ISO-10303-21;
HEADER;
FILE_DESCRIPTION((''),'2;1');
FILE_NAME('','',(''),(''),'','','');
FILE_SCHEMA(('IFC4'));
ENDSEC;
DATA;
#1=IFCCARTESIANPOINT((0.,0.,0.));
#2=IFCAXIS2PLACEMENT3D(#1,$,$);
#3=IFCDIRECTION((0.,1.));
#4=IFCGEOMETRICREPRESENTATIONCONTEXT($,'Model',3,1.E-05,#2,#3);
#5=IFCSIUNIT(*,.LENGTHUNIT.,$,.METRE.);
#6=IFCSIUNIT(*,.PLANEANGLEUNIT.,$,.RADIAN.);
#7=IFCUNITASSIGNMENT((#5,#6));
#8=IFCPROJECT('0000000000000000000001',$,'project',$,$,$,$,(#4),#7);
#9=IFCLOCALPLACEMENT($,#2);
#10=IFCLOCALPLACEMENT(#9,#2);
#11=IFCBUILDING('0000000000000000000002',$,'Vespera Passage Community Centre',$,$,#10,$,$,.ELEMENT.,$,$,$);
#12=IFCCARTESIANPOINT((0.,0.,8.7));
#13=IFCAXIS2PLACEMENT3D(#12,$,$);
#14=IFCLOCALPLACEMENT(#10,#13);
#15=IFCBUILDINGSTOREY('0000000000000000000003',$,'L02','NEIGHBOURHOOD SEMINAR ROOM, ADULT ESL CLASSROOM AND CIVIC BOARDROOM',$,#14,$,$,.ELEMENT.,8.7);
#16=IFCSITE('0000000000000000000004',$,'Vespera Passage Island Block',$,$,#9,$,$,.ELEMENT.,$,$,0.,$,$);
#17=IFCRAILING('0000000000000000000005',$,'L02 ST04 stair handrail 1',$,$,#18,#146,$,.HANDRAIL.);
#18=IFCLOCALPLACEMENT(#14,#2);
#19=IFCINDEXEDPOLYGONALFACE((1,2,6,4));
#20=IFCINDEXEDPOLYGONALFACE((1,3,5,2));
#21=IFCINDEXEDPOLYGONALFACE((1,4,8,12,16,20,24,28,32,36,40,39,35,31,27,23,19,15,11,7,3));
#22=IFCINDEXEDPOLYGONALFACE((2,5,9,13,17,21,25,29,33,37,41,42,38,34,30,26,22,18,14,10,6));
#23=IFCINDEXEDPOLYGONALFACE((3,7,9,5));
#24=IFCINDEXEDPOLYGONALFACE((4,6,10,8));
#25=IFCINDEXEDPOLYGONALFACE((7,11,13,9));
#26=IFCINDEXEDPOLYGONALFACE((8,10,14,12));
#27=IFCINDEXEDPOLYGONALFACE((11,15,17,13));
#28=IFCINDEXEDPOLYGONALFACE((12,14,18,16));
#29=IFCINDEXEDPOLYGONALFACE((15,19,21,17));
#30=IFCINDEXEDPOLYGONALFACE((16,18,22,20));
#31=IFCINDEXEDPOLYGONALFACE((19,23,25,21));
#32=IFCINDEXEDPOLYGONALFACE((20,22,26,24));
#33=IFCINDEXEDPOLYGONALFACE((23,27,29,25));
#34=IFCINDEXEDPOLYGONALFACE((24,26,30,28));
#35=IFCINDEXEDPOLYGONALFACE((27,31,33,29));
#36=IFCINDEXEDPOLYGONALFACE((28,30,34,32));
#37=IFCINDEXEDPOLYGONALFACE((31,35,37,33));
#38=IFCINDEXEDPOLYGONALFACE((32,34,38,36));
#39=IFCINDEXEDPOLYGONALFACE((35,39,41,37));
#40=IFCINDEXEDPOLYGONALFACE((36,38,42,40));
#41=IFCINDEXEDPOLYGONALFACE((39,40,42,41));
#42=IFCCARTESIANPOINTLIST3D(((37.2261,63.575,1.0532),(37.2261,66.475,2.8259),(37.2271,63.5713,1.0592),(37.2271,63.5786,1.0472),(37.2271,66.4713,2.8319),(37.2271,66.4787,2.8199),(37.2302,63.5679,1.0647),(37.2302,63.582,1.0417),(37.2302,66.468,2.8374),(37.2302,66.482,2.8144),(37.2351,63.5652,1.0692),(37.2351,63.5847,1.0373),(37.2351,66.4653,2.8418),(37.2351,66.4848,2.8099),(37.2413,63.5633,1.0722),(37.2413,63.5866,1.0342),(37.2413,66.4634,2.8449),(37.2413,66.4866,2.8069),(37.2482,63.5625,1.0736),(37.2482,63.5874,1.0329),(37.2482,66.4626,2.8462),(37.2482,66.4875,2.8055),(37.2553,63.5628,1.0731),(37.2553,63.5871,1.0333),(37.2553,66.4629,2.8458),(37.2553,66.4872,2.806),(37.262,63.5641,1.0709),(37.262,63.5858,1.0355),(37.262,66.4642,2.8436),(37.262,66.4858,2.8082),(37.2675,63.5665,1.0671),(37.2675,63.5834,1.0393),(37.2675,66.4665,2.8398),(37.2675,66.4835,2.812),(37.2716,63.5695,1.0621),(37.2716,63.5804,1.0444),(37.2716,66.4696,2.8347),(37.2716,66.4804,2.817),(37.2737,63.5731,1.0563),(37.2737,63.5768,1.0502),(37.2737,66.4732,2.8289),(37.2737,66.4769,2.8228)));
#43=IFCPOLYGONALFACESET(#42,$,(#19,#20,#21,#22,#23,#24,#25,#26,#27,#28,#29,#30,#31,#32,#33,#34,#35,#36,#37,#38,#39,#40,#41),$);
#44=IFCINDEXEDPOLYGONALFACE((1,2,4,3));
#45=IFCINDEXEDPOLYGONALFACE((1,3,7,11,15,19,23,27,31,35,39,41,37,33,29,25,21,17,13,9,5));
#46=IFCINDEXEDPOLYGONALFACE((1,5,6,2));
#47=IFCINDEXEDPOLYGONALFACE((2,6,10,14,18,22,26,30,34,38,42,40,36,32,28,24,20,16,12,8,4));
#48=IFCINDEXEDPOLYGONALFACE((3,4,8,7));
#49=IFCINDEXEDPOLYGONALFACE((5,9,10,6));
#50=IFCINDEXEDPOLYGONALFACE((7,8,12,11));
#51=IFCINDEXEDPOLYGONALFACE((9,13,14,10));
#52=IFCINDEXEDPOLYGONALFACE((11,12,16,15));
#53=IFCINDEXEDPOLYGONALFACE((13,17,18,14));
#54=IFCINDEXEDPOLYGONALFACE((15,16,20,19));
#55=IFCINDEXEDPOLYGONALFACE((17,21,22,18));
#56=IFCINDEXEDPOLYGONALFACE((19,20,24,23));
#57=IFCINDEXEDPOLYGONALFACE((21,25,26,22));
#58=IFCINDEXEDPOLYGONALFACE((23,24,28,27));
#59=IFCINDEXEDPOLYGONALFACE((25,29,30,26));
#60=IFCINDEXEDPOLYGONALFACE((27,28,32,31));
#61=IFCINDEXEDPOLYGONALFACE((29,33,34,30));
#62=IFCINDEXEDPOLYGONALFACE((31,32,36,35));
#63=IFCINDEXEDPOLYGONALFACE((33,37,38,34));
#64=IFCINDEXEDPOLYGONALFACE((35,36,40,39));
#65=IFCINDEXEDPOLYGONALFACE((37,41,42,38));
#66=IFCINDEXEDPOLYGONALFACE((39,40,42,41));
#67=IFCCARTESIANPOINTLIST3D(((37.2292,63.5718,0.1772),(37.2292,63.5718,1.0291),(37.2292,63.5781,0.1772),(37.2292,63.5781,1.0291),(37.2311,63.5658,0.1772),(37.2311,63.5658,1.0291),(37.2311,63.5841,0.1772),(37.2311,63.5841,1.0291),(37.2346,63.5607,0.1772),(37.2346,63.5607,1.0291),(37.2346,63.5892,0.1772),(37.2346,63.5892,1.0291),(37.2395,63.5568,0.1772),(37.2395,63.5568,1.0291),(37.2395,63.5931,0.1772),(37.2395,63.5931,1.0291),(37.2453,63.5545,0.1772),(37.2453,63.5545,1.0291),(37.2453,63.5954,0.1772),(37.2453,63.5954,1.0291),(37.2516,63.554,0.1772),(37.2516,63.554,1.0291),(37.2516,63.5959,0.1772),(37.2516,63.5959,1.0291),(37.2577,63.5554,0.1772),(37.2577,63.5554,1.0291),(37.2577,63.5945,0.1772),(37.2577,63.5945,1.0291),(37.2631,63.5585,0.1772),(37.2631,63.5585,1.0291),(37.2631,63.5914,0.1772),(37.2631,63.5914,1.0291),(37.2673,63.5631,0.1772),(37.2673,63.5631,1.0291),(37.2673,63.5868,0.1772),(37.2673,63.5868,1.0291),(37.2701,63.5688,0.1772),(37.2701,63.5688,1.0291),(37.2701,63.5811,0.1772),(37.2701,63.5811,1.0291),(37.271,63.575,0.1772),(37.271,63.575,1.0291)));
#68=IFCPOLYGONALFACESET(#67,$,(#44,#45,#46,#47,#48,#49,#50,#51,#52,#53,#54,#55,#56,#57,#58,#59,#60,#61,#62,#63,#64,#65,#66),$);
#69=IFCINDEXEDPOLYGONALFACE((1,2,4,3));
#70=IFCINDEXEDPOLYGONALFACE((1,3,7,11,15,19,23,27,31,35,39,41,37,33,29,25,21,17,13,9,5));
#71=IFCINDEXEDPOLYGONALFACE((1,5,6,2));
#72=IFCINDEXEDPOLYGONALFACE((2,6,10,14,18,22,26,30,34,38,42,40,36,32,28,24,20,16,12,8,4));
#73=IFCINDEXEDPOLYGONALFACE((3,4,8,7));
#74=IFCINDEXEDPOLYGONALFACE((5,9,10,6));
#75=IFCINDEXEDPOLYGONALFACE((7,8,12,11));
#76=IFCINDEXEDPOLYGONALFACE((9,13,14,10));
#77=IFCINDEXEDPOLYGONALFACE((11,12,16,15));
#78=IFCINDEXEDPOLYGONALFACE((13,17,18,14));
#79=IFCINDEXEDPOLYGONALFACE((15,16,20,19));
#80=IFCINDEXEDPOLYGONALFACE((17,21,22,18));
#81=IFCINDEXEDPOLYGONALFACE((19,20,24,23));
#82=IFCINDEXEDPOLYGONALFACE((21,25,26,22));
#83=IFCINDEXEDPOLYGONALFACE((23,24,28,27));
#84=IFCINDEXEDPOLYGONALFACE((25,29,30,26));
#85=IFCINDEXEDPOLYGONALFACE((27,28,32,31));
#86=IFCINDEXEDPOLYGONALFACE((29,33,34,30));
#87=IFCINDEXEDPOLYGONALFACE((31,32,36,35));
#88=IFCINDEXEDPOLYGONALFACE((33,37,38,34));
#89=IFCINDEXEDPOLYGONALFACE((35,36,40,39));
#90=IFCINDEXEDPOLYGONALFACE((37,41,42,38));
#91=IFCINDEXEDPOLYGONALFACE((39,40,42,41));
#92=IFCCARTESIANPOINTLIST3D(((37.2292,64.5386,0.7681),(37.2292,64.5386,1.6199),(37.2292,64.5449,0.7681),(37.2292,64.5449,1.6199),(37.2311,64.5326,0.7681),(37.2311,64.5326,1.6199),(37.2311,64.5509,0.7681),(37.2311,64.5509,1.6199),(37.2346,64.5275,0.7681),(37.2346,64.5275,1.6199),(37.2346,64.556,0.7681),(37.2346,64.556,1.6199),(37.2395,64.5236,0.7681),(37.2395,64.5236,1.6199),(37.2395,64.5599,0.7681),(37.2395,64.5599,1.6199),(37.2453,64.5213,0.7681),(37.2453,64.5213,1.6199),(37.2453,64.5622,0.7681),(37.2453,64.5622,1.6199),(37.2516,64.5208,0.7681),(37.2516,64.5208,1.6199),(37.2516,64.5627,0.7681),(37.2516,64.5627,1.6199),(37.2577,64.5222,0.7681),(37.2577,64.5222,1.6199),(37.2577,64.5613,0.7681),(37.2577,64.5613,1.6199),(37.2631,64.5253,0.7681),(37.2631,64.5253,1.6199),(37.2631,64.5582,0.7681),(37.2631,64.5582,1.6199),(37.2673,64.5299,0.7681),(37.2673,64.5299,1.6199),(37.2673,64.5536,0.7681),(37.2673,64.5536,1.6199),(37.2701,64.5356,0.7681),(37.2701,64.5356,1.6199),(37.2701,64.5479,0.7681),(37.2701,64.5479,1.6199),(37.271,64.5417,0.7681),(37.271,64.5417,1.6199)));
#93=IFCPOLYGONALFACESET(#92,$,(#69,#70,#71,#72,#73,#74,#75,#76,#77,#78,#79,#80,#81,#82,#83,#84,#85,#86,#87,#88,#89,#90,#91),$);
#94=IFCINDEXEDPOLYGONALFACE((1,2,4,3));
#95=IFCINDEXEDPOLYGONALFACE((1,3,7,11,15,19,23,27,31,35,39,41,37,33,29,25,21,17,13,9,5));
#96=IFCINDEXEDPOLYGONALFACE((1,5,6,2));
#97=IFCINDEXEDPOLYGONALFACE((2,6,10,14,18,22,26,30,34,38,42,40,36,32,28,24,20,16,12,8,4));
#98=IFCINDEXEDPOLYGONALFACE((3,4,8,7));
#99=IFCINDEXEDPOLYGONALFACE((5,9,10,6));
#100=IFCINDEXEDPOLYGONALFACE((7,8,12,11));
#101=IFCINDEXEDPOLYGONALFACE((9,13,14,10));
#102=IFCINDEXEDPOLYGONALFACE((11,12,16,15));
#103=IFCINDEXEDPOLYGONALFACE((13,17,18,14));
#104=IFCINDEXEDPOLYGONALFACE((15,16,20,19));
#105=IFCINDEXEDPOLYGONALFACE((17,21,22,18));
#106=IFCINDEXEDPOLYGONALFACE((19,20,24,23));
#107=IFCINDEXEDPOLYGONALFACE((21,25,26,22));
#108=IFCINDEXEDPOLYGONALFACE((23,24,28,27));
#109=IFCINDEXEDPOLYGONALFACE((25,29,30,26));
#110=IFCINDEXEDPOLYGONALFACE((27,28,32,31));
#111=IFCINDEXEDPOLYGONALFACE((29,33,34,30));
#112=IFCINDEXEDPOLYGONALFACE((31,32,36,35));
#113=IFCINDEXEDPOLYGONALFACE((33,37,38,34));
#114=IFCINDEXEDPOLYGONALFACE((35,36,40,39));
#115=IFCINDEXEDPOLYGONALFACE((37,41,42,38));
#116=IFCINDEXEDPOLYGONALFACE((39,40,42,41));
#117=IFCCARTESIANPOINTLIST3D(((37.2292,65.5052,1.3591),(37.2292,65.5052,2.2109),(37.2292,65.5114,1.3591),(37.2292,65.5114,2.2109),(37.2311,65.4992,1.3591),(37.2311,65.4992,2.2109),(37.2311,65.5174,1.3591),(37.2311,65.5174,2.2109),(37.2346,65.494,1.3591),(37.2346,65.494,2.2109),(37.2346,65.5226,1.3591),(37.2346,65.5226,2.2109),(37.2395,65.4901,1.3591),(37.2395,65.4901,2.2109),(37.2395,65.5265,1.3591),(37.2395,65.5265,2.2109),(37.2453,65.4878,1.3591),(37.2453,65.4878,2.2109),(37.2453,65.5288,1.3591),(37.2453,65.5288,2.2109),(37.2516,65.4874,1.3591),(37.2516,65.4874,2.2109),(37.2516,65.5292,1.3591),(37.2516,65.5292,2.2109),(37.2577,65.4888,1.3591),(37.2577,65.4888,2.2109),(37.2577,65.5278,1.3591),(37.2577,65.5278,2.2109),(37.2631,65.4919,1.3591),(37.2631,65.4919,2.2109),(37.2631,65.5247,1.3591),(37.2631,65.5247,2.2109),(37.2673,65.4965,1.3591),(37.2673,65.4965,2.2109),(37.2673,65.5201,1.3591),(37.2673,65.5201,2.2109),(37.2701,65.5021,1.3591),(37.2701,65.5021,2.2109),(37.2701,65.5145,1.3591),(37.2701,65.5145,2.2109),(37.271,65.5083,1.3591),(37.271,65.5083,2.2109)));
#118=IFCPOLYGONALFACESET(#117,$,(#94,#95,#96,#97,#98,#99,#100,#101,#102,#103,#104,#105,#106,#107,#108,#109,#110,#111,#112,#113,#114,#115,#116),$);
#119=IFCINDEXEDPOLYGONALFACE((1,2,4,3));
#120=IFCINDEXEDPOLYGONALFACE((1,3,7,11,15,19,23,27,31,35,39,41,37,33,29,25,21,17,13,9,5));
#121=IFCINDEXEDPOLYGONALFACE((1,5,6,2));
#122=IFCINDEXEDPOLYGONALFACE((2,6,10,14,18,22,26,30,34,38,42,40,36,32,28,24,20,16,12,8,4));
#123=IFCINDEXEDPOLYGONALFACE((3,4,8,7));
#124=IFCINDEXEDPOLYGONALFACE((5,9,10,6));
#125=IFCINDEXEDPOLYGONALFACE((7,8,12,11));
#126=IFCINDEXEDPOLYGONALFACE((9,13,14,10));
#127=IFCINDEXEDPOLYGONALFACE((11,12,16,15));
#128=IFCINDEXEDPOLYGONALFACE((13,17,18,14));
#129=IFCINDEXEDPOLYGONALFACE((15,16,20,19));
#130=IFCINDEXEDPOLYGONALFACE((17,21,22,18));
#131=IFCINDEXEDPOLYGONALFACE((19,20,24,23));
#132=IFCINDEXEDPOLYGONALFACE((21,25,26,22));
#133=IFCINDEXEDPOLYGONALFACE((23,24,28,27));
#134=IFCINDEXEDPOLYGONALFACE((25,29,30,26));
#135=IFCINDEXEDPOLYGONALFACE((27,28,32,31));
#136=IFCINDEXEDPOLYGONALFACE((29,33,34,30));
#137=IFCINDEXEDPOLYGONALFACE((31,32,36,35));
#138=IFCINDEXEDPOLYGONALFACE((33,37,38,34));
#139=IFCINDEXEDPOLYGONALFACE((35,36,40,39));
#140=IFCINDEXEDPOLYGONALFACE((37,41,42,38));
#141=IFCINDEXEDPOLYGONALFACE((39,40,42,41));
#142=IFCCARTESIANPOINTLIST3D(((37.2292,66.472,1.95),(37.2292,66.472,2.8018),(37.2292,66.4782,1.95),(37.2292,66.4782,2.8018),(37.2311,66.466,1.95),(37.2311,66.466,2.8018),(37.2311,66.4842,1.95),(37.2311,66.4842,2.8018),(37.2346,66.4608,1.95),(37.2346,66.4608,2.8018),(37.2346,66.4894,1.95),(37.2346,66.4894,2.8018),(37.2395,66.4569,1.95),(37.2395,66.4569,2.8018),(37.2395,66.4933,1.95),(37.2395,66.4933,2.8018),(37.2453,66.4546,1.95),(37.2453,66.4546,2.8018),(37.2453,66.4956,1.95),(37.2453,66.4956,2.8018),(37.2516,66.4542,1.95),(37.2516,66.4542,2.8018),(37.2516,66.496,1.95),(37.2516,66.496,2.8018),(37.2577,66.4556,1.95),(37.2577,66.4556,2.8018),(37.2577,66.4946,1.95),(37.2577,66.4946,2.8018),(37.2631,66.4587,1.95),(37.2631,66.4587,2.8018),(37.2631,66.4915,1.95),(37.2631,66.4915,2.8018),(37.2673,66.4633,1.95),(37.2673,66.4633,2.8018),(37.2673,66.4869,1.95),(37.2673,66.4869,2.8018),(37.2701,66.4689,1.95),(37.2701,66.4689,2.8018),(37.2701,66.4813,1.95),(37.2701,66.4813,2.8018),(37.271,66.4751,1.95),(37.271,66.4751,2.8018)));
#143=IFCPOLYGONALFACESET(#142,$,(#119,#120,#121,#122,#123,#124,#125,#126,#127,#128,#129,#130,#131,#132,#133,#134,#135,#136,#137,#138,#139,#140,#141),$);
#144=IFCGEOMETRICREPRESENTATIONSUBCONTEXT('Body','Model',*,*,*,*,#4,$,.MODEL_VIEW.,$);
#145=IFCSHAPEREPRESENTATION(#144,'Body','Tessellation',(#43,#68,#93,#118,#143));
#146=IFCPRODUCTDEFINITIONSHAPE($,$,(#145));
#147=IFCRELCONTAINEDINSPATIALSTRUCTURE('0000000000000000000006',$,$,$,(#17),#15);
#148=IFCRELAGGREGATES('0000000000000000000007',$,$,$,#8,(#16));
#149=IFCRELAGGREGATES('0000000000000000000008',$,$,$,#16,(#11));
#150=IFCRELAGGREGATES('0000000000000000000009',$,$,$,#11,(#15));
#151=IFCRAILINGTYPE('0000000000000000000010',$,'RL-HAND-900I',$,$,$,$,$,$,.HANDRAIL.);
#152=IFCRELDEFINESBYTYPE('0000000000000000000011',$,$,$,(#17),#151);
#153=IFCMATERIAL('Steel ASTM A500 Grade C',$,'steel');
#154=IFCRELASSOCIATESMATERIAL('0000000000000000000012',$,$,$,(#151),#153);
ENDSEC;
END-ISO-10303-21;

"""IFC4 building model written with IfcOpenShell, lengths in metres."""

from ifc_helpers import new_model, si_unit, direction, frame, origin, origin_2d, place, context, subcontext, project, spatial, circle, extrude, material, type_object, element, save


model = new_model("IFC4")

# Units and contexts
model_context = context("Model", 3, precision=1e-05, world=origin(), true_north=direction((0.0, 1.0)))
body_context = subcontext(model_context, "Body", "Model", "MODEL_VIEW")
ifc_project = project(units=[si_unit("LENGTHUNIT", "METRE"), si_unit("PLANEANGLEUNIT", "RADIAN")], contexts=[model_context])

# Site, building, storey
site_placement = place(None, origin())
site = spatial("IfcSite", under=ifc_project, at=site_placement, Name="Vespera Passage Island Block", CompositionType="ELEMENT", RefElevation=0.0)
building_placement = place(site_placement, origin())
building = spatial("IfcBuilding", under=site, at=building_placement, Name="Vespera Passage Community Centre", CompositionType="ELEMENT")
storey_placement = place(building_placement, frame((0.0, 0.0, 8.7)))
storey = spatial("IfcBuildingStorey", under=building, at=storey_placement, Name="L02", Description="NEIGHBOURHOOD SEMINAR ROOM, ADULT ESL CLASSROOM AND CIVIC BOARDROOM", CompositionType="ELEMENT", Elevation=8.7)

# Railing
ifc_material_1 = material(Name="Steel ASTM A500 Grade C", Category="steel")
railing_type_1 = type_object("IfcRailingType", Name="RL-HAND-900I", PredefinedType="HANDRAIL", material=ifc_material_1)
railing_1_placement = place(storey_placement, frame((37.25, 63.575, 0.1772)))
element("IfcRailing", 1, at=railing_1_placement, inside=storey, type_object=railing_type_1, Name="L02 ST04 stair handrail 1", PredefinedType="HANDRAIL", context=body_context, shape_type="SweptSolid", body=[
    extrude(circle(Radius=0.0239, at=origin_2d()), frame((0.0, 0.0, 0.876), z_axis=(0.0, 0.85323, 0.521534), x_axis=(-1.0, 0.0, 0.0)), (0.0, 0.0, 1.0), 3.3989),
    extrude(circle(Radius=0.021, at=origin_2d()), origin(), (0.0, 0.0, 1.0), 0.8518),
    extrude(circle(Radius=0.021, at=origin_2d()), frame((0.0, 0.9668, 0.5908)), (0.0, 0.0, 1.0), 0.8518),
    extrude(circle(Radius=0.021, at=origin_2d()), frame((0.0, 1.9333, 1.1819)), (0.0, 0.0, 1.0), 0.8518),
    extrude(circle(Radius=0.021, at=origin_2d()), frame((0.0, 2.9001, 1.7727)), (0.0, 0.0, 1.0), 0.8518),
])

save(model, "model.ifc")
